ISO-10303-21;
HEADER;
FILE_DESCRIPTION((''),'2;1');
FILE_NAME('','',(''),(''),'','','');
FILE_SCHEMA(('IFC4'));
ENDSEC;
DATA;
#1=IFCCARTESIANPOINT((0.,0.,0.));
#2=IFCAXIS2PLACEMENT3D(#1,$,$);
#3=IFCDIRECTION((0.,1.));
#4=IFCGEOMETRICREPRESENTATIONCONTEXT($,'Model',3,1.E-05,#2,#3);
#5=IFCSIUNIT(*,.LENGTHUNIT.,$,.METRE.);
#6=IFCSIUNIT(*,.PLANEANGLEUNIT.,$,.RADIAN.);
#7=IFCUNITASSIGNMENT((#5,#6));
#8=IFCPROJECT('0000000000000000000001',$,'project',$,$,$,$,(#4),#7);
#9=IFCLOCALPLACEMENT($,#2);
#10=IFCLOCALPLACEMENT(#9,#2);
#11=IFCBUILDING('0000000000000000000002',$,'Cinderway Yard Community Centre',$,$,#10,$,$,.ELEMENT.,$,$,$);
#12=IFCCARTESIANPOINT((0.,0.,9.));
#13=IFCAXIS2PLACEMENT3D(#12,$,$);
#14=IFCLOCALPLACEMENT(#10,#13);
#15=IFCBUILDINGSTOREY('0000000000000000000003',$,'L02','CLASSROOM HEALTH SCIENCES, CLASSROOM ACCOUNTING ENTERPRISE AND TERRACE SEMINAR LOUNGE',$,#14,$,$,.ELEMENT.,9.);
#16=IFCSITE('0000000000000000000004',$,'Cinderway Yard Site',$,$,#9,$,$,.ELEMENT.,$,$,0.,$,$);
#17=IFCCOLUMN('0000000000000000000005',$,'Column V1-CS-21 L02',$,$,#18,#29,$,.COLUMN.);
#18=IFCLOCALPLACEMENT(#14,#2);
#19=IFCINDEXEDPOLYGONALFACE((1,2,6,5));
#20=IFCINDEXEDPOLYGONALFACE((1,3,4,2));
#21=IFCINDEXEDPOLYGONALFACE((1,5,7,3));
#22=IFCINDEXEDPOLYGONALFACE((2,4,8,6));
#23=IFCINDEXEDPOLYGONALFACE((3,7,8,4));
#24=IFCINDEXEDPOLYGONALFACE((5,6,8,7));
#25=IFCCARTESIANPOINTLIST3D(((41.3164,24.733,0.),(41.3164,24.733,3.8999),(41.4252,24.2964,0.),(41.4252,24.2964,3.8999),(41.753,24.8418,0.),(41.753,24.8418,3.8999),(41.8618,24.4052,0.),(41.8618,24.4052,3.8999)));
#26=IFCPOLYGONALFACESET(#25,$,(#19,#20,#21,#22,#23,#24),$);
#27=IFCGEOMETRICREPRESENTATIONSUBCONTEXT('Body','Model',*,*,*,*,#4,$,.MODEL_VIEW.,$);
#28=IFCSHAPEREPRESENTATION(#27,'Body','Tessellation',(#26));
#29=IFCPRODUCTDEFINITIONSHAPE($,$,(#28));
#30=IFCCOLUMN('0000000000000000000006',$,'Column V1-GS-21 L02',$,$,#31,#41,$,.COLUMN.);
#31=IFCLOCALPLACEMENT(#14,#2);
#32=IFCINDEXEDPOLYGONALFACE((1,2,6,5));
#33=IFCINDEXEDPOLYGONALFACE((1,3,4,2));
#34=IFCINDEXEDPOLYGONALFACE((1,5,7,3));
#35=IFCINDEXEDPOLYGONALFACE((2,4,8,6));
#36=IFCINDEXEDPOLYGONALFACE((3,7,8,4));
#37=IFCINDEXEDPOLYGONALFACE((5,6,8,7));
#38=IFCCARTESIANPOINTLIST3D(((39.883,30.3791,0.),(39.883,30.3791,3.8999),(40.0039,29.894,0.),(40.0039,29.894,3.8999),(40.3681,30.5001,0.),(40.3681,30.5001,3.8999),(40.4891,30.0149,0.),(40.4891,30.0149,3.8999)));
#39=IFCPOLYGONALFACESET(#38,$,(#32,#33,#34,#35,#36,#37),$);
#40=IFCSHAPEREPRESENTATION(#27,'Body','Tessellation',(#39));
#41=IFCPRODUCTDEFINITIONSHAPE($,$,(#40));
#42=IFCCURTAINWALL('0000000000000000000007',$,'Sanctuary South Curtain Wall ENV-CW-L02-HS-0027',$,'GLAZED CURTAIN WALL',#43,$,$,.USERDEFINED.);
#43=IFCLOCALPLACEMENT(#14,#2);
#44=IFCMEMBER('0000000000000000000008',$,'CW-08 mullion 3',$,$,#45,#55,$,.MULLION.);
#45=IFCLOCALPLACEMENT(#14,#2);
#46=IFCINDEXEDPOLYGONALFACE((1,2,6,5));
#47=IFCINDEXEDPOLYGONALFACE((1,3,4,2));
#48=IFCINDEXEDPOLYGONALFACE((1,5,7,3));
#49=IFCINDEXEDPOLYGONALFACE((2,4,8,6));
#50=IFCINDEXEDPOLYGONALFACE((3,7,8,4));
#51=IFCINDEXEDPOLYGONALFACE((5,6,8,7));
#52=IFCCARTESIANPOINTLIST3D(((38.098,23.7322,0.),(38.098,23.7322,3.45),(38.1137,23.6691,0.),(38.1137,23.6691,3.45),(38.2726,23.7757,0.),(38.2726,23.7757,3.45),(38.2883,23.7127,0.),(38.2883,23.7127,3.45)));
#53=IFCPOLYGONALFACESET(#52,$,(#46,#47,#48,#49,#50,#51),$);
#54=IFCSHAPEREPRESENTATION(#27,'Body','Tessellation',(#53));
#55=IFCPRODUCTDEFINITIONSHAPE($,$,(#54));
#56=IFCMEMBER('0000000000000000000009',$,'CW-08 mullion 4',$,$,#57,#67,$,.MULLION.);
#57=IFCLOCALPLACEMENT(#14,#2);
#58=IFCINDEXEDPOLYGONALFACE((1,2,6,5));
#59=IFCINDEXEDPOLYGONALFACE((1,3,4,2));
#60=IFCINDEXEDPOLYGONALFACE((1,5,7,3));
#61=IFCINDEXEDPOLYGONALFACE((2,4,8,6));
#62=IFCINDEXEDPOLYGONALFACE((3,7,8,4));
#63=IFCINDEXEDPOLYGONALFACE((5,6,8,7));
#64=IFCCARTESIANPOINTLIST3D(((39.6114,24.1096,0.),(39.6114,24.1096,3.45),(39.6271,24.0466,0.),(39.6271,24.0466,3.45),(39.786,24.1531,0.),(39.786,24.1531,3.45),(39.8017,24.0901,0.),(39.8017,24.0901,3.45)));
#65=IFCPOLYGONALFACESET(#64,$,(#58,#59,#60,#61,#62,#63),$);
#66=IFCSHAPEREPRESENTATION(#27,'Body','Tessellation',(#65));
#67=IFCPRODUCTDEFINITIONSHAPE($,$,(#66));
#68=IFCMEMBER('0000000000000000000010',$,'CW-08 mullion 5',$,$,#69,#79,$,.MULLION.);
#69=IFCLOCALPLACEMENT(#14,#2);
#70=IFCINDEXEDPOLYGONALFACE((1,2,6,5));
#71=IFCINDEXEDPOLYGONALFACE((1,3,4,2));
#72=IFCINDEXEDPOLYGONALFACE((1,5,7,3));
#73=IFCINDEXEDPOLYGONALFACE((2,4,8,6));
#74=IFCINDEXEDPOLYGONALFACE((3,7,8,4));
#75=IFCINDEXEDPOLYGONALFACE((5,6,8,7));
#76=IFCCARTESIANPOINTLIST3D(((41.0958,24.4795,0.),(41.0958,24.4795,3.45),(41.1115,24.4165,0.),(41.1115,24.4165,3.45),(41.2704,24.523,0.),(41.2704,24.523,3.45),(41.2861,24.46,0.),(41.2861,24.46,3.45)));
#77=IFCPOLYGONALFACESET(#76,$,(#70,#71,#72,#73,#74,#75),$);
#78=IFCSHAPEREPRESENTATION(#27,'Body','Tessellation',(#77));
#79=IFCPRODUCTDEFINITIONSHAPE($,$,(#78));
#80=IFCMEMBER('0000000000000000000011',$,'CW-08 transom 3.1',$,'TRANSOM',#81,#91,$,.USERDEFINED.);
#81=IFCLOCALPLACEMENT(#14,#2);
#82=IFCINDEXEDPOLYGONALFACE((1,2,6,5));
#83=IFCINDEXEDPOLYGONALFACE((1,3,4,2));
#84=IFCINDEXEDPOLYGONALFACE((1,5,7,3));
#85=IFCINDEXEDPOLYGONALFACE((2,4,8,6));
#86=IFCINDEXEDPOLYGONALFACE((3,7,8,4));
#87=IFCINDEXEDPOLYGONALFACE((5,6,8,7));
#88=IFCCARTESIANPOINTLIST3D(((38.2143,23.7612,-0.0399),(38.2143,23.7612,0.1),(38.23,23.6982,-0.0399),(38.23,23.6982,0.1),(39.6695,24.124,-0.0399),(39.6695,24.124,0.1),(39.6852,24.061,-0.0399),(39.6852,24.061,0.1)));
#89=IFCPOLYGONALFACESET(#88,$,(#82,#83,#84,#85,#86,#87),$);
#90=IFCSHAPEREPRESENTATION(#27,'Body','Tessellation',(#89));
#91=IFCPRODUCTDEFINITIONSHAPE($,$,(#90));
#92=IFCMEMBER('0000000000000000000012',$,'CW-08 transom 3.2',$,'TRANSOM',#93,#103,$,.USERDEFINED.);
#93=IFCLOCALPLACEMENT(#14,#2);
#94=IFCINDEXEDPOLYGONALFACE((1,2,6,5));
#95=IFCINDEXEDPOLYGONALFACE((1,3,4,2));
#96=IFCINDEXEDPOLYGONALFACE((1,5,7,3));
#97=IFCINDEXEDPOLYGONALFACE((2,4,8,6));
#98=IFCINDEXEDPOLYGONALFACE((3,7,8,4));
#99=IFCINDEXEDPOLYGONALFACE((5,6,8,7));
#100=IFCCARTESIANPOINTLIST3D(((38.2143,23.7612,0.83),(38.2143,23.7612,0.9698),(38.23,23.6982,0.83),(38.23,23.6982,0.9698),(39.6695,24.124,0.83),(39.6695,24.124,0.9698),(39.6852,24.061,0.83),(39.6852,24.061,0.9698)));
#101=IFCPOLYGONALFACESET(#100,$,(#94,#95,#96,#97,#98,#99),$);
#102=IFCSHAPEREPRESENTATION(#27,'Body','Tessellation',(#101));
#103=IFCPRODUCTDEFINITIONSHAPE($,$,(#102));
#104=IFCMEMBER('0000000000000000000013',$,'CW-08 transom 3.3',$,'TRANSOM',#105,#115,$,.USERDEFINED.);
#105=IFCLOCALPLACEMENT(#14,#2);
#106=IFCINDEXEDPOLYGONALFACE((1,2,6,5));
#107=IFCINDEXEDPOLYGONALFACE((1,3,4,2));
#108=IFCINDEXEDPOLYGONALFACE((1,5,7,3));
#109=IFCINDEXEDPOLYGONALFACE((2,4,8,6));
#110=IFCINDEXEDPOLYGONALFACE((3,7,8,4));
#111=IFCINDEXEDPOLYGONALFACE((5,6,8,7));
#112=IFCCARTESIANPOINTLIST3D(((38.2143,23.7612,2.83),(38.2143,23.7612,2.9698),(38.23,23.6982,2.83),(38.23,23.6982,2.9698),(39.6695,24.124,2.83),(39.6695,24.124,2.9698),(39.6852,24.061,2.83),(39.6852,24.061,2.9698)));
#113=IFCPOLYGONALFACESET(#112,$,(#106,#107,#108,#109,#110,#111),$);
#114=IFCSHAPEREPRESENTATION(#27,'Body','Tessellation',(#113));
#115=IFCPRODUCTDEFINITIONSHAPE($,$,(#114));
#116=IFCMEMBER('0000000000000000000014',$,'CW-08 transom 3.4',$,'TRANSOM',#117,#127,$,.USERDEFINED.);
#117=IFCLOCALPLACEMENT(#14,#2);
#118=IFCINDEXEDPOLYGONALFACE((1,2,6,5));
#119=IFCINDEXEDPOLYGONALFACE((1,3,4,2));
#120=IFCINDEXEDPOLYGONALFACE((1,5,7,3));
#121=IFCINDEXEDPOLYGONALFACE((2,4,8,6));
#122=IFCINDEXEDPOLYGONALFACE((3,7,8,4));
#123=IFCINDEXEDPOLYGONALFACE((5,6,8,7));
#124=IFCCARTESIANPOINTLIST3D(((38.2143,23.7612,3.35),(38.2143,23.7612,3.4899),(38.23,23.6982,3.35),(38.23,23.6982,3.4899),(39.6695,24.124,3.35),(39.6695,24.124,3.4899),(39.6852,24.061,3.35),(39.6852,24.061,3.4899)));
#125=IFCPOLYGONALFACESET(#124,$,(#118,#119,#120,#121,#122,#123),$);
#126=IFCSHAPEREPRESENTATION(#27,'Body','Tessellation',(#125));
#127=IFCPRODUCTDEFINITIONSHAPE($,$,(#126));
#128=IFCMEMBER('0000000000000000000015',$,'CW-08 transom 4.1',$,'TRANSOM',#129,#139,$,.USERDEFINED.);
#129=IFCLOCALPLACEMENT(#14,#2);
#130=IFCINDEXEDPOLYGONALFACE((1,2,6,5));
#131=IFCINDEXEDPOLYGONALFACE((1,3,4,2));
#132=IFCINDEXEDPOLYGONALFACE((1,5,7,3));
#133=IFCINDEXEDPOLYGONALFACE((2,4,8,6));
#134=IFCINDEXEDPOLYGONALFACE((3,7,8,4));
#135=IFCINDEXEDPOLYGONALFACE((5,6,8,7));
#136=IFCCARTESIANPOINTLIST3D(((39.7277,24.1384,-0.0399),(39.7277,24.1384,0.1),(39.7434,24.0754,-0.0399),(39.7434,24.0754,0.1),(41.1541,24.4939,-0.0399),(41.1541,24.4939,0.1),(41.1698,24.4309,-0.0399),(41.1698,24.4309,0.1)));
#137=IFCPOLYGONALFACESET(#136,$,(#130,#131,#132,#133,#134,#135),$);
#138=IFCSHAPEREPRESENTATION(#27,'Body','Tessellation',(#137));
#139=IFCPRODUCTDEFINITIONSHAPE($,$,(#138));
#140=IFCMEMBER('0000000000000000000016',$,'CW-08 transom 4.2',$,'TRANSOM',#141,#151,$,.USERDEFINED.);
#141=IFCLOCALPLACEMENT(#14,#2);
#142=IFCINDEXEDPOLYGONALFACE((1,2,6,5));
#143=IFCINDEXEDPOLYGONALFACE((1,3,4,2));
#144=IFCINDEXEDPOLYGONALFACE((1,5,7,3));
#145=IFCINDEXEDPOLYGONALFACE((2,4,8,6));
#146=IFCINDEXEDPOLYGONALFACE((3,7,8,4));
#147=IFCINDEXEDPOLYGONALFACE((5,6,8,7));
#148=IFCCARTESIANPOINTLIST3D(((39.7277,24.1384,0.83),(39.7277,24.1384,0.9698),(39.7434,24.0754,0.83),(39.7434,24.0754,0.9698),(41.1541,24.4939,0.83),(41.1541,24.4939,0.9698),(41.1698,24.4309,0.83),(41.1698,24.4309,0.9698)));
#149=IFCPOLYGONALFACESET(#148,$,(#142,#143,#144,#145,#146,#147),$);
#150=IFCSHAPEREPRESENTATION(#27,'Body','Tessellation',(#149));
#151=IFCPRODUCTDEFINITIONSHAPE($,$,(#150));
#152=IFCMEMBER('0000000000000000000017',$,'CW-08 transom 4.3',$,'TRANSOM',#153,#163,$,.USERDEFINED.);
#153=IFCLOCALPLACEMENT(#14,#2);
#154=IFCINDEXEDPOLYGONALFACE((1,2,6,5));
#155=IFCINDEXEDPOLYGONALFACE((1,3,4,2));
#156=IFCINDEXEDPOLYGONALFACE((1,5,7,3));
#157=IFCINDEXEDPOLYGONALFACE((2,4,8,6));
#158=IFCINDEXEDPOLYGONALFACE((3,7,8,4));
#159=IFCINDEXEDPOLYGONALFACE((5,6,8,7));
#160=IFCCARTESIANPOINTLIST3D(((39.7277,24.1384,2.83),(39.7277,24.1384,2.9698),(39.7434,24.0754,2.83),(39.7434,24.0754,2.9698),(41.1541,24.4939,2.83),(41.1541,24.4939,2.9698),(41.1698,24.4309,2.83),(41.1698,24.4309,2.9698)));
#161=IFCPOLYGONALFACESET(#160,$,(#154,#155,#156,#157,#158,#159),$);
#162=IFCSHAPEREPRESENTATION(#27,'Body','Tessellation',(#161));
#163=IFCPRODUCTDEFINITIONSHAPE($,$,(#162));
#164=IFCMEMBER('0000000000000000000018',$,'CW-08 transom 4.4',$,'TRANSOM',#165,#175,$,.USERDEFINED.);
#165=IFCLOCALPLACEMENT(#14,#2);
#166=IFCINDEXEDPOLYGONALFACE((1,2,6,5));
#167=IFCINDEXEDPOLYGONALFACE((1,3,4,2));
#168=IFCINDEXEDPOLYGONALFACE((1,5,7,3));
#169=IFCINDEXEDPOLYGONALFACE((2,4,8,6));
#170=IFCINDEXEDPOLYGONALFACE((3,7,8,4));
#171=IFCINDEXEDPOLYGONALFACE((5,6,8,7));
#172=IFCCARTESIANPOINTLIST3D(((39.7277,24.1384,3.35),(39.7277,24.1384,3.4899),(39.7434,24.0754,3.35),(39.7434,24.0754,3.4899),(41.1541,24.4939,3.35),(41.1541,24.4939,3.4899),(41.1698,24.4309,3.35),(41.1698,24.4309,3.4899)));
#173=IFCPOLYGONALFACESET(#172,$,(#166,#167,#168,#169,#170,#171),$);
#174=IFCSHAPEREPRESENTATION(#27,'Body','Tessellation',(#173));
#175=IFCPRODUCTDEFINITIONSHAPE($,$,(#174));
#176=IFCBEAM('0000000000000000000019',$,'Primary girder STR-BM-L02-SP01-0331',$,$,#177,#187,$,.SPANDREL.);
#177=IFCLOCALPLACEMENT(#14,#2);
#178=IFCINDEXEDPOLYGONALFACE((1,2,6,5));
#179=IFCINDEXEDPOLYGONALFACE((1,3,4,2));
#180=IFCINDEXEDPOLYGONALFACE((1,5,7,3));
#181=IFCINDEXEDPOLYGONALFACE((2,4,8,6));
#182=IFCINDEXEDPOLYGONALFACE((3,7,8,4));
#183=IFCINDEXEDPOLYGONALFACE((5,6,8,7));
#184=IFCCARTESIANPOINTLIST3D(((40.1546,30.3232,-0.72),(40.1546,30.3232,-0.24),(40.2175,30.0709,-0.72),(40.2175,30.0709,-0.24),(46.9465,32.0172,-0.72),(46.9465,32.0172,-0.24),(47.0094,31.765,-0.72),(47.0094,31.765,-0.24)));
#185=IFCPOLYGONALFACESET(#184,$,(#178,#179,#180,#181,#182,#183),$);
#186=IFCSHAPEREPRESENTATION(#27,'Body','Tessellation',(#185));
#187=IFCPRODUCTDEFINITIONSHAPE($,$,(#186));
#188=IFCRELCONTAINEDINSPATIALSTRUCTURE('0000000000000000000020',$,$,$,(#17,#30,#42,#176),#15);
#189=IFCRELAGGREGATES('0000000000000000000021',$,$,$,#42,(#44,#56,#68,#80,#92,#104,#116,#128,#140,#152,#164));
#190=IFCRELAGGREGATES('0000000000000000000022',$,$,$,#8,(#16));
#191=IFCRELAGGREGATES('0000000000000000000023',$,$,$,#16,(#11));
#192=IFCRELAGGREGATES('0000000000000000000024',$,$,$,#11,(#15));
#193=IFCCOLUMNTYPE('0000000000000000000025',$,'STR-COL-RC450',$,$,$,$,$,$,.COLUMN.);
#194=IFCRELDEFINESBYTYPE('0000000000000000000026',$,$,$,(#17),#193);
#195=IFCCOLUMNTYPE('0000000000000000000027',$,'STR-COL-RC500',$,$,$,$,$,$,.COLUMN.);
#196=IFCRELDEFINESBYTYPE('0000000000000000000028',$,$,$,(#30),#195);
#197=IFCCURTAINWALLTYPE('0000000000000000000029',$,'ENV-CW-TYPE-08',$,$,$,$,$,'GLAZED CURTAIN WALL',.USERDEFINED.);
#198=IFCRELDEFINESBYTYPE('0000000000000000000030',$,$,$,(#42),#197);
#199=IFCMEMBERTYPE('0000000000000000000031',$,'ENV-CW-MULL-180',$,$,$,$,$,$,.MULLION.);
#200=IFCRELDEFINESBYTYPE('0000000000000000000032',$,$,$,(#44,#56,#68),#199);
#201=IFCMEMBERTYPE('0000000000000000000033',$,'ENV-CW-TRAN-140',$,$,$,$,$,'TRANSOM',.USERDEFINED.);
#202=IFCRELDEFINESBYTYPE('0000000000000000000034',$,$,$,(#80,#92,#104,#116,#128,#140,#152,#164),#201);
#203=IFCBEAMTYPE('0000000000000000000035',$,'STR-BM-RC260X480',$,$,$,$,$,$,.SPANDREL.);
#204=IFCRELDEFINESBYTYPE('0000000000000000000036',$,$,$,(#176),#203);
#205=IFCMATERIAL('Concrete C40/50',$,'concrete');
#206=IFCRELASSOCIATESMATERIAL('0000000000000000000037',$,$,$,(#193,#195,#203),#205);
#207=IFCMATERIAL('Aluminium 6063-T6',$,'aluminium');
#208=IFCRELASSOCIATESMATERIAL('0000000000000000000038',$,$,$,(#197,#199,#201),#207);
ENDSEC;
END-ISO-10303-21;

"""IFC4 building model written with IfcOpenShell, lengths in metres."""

from ifc_helpers import new_model, si_unit, direction, frame, origin, origin_2d, place, context, subcontext, project, spatial, rectangle, extrude, material, material_profile, profile_set, type_object, element, aggregate, save


model = new_model("IFC4")

# Units and contexts
model_context = context("Model", 3, precision=1e-05, world=origin(), true_north=direction((0.0, 1.0)))
body_context = subcontext(model_context, "Body", "Model", "MODEL_VIEW")
ifc_project = project(units=[si_unit("LENGTHUNIT", "METRE"), si_unit("PLANEANGLEUNIT", "RADIAN")], contexts=[model_context])

# Site, building, storey
site_placement = place(None, origin())
site = spatial("IfcSite", under=ifc_project, at=site_placement, Name="Cinderway Yard Site", CompositionType="ELEMENT", RefElevation=0.0)
building_placement = place(site_placement, origin())
building = spatial("IfcBuilding", under=site, at=building_placement, Name="Cinderway Yard Community Centre", CompositionType="ELEMENT")
storey_placement = place(building_placement, frame((0.0, 0.0, 9.0)))
storey = spatial("IfcBuildingStorey", under=building, at=storey_placement, Name="L02", Description="CLASSROOM HEALTH SCIENCES, CLASSROOM ACCOUNTING ENTERPRISE AND TERRACE SEMINAR LOUNGE", CompositionType="ELEMENT", Elevation=9.0)

# Columns
ifc_material_1 = material(Name="Concrete C40/50", Category="concrete")
ifc_material_profile_1 = material_profile(ifc_material_1, rectangle(XDim=0.45, YDim=0.45, at=origin_2d()), Name="Concrete C40/50")
ifc_profile_set_1 = profile_set([ifc_material_profile_1], Name="Concrete C40/50")
column_type_1 = type_object("IfcColumnType", Name="STR-COL-RC450", PredefinedType="COLUMN", material=ifc_profile_set_1)
column_1_placement = place(storey_placement, frame((41.5891, 24.5691, 0.0), z_axis=(0.0, 0.0, 1.0), x_axis=(0.970296, 0.241922, 0.0)))
element("IfcColumn", 1, at=column_1_placement, inside=storey, type_object=column_type_1, Name="Column V1-CS-21 L02", PredefinedType="COLUMN", context=body_context, shape_type="SweptSolid", body=[
    extrude(rectangle(XDim=0.45, YDim=0.45, at=origin_2d()), origin(), (0.0, 0.0, 1.0), 3.8999),
])
ifc_material_profile_2 = material_profile(ifc_material_1, rectangle(XDim=0.5, YDim=0.5, at=origin_2d()), Name="Concrete C40/50")
ifc_profile_set_2 = profile_set([ifc_material_profile_2], Name="Concrete C40/50")
column_type_2 = type_object("IfcColumnType", Name="STR-COL-RC500", PredefinedType="COLUMN", material=ifc_profile_set_2)
column_2_placement = place(storey_placement, frame((40.186, 30.197, 0.0), z_axis=(0.0, 0.0, 1.0), x_axis=(0.970296, 0.241922, 0.0)))
element("IfcColumn", 2, at=column_2_placement, inside=storey, type_object=column_type_2, Name="Column V1-GS-21 L02", PredefinedType="COLUMN", context=body_context, shape_type="SweptSolid", body=[
    extrude(rectangle(XDim=0.5, YDim=0.5, at=origin_2d()), origin(), (0.0, 0.0, 1.0), 3.8999),
])

# Curtain wall, members
ifc_material_2 = material(Name="Aluminium 6063-T6", Category="aluminium")
curtain_wall_type = type_object("IfcCurtainWallType", Name="ENV-CW-TYPE-08", ElementType="GLAZED CURTAIN WALL", PredefinedType="USERDEFINED", material=ifc_material_2)
curtain_wall_placement = place(storey_placement, origin())
curtain_wall = element("IfcCurtainWall", 3, at=curtain_wall_placement, inside=storey, type_object=curtain_wall_type, Name="Sanctuary South Curtain Wall ENV-CW-L02-HS-0027", ObjectType="GLAZED CURTAIN WALL", PredefinedType="USERDEFINED")
ifc_material_profile_3 = material_profile(ifc_material_2, rectangle(XDim=0.0649, YDim=0.1799, at=origin_2d()), Name="Aluminium 6063-T6")
ifc_profile_set_3 = profile_set([ifc_material_profile_3], Name="Aluminium 6063-T6")
member_type_1 = type_object("IfcMemberType", Name="ENV-CW-MULL-180", PredefinedType="MULLION", material=ifc_profile_set_3)
member_1_placement = place(storey_placement, frame((38.1931, 23.7224, 0.0), z_axis=(0.0, 0.0, 1.0), x_axis=(-0.241857, 0.970312, 0.0)))
member_1 = element("IfcMember", 4, at=member_1_placement, type_object=member_type_1, Name="CW-08 mullion 3", PredefinedType="MULLION", context=body_context, shape_type="SweptSolid", body=[
    extrude(rectangle(XDim=0.0649, YDim=0.1799, at=origin_2d()), origin(), (0.0, 0.0, 1.0), 3.45),
])
member_2_placement = place(storey_placement, frame((39.7065, 24.0999, 0.0), z_axis=(0.0, 0.0, 1.0), x_axis=(-0.241857, 0.970312, 0.0)))
member_2 = element("IfcMember", 5, at=member_2_placement, type_object=member_type_1, Name="CW-08 mullion 4", PredefinedType="MULLION", context=body_context, shape_type="SweptSolid", body=[
    extrude(rectangle(XDim=0.0649, YDim=0.1799, at=origin_2d()), origin(), (0.0, 0.0, 1.0), 3.45),
])
member_3_placement = place(storey_placement, frame((41.1909, 24.4697, 0.0), z_axis=(0.0, 0.0, 1.0), x_axis=(-0.241857, 0.970312, 0.0)))
member_3 = element("IfcMember", 6, at=member_3_placement, type_object=member_type_1, Name="CW-08 mullion 5", PredefinedType="MULLION", context=body_context, shape_type="SweptSolid", body=[
    extrude(rectangle(XDim=0.0649, YDim=0.1799, at=origin_2d()), origin(), (0.0, 0.0, 1.0), 3.45),
])
ifc_material_profile_4 = material_profile(ifc_material_2, rectangle(XDim=0.0649, YDim=0.1399, at=origin_2d()), Name="Aluminium 6063-T6")
ifc_profile_set_4 = profile_set([ifc_material_profile_4], Name="Aluminium 6063-T6")
member_type_2 = type_object("IfcMemberType", Name="ENV-CW-TRAN-140", ElementType="TRANSOM", PredefinedType="USERDEFINED", material=ifc_profile_set_4)
member_4_placement = place(storey_placement, frame((38.2222, 23.7297, 0.03), z_axis=(0.970305, 0.241884, 0.0), x_axis=(-0.241884, 0.970305, 0.0)))
member_4 = element("IfcMember", 7, at=member_4_placement, type_object=member_type_2, Name="CW-08 transom 3.1", ObjectType="TRANSOM", PredefinedType="USERDEFINED", context=body_context, shape_type="SweptSolid", body=[
    extrude(rectangle(XDim=0.0649, YDim=0.1399, at=origin_2d()), origin(), (0.0, 0.0, 1.0), 1.4998),
])
member_5_placement = place(storey_placement, frame((38.2222, 23.7297, 0.8999), z_axis=(0.970305, 0.241884, 0.0), x_axis=(-0.241884, 0.970305, 0.0)))
member_5 = element("IfcMember", 8, at=member_5_placement, type_object=member_type_2, Name="CW-08 transom 3.2", ObjectType="TRANSOM", PredefinedType="USERDEFINED", context=body_context, shape_type="SweptSolid", body=[
    extrude(rectangle(XDim=0.0649, YDim=0.1399, at=origin_2d()), origin(), (0.0, 0.0, 1.0), 1.4998),
])
member_6_placement = place(storey_placement, frame((38.2222, 23.7297, 2.8999), z_axis=(0.970305, 0.241884, 0.0), x_axis=(-0.241884, 0.970305, 0.0)))
member_6 = element("IfcMember", 9, at=member_6_placement, type_object=member_type_2, Name="CW-08 transom 3.3", ObjectType="TRANSOM", PredefinedType="USERDEFINED", context=body_context, shape_type="SweptSolid", body=[
    extrude(rectangle(XDim=0.0649, YDim=0.1399, at=origin_2d()), origin(), (0.0, 0.0, 1.0), 1.4998),
])
member_7_placement = place(storey_placement, frame((38.2222, 23.7297, 3.4199), z_axis=(0.970305, 0.241884, 0.0), x_axis=(-0.241884, 0.970305, 0.0)))
member_7 = element("IfcMember", 10, at=member_7_placement, type_object=member_type_2, Name="CW-08 transom 3.4", ObjectType="TRANSOM", PredefinedType="USERDEFINED", context=body_context, shape_type="SweptSolid", body=[
    extrude(rectangle(XDim=0.0649, YDim=0.1399, at=origin_2d()), origin(), (0.0, 0.0, 1.0), 1.4998),
])
member_8_placement = place(storey_placement, frame((39.7356, 24.1069, 0.03), z_axis=(0.970318, 0.241832, 0.0), x_axis=(-0.241832, 0.970318, 0.0)))
member_8 = element("IfcMember", 11, at=member_8_placement, type_object=member_type_2, Name="CW-08 transom 4.1", ObjectType="TRANSOM", PredefinedType="USERDEFINED", context=body_context, shape_type="SweptSolid", body=[
    extrude(rectangle(XDim=0.0649, YDim=0.1399, at=origin_2d()), origin(), (0.0, 0.0, 1.0), 1.47),
])
member_9_placement = place(storey_placement, frame((39.7356, 24.1069, 0.8999), z_axis=(0.970318, 0.241832, 0.0), x_axis=(-0.241832, 0.970318, 0.0)))
member_9 = element("IfcMember", 12, at=member_9_placement, type_object=member_type_2, Name="CW-08 transom 4.2", ObjectType="TRANSOM", PredefinedType="USERDEFINED", context=body_context, shape_type="SweptSolid", body=[
    extrude(rectangle(XDim=0.0649, YDim=0.1399, at=origin_2d()), origin(), (0.0, 0.0, 1.0), 1.47),
])
member_10_placement = place(storey_placement, frame((39.7356, 24.1069, 2.8999), z_axis=(0.970318, 0.241832, 0.0), x_axis=(-0.241832, 0.970318, 0.0)))
member_10 = element("IfcMember", 13, at=member_10_placement, type_object=member_type_2, Name="CW-08 transom 4.3", ObjectType="TRANSOM", PredefinedType="USERDEFINED", context=body_context, shape_type="SweptSolid", body=[
    extrude(rectangle(XDim=0.0649, YDim=0.1399, at=origin_2d()), origin(), (0.0, 0.0, 1.0), 1.47),
])
member_11_placement = place(storey_placement, frame((39.7356, 24.1069, 3.4199), z_axis=(0.970318, 0.241832, 0.0), x_axis=(-0.241832, 0.970318, 0.0)))
member_11 = element("IfcMember", 14, at=member_11_placement, type_object=member_type_2, Name="CW-08 transom 4.4", ObjectType="TRANSOM", PredefinedType="USERDEFINED", context=body_context, shape_type="SweptSolid", body=[
    extrude(rectangle(XDim=0.0649, YDim=0.1399, at=origin_2d()), origin(), (0.0, 0.0, 1.0), 1.47),
])

# Beam
ifc_material_profile_5 = material_profile(ifc_material_1, rectangle(XDim=0.26, YDim=0.48, at=origin_2d()), Name="Concrete C40/50")
ifc_profile_set_5 = profile_set([ifc_material_profile_5], Name="Concrete C40/50")
beam_type_1 = type_object("IfcBeamType", Name="STR-BM-RC260X480", PredefinedType="SPANDREL", material=ifc_profile_set_5)
beam_1_placement = place(storey_placement, frame((40.186, 30.197, -0.48), z_axis=(0.970274, 0.24201, 0.0), x_axis=(-0.24201, 0.970274, 0.0)))
element("IfcBeam", 15, at=beam_1_placement, inside=storey, type_object=beam_type_1, Name="Primary girder STR-BM-L02-SP01-0331", PredefinedType="SPANDREL", context=body_context, shape_type="SweptSolid", body=[
    extrude(rectangle(XDim=0.26, YDim=0.48, at=origin_2d()), origin(), (0.0, 0.0, 1.0), 7.0),
])

aggregate(curtain_wall, [member_1, member_2, member_3, member_4, member_5, member_6, member_7, member_8, member_9, member_10, member_11])

save(model, "model.ifc")
